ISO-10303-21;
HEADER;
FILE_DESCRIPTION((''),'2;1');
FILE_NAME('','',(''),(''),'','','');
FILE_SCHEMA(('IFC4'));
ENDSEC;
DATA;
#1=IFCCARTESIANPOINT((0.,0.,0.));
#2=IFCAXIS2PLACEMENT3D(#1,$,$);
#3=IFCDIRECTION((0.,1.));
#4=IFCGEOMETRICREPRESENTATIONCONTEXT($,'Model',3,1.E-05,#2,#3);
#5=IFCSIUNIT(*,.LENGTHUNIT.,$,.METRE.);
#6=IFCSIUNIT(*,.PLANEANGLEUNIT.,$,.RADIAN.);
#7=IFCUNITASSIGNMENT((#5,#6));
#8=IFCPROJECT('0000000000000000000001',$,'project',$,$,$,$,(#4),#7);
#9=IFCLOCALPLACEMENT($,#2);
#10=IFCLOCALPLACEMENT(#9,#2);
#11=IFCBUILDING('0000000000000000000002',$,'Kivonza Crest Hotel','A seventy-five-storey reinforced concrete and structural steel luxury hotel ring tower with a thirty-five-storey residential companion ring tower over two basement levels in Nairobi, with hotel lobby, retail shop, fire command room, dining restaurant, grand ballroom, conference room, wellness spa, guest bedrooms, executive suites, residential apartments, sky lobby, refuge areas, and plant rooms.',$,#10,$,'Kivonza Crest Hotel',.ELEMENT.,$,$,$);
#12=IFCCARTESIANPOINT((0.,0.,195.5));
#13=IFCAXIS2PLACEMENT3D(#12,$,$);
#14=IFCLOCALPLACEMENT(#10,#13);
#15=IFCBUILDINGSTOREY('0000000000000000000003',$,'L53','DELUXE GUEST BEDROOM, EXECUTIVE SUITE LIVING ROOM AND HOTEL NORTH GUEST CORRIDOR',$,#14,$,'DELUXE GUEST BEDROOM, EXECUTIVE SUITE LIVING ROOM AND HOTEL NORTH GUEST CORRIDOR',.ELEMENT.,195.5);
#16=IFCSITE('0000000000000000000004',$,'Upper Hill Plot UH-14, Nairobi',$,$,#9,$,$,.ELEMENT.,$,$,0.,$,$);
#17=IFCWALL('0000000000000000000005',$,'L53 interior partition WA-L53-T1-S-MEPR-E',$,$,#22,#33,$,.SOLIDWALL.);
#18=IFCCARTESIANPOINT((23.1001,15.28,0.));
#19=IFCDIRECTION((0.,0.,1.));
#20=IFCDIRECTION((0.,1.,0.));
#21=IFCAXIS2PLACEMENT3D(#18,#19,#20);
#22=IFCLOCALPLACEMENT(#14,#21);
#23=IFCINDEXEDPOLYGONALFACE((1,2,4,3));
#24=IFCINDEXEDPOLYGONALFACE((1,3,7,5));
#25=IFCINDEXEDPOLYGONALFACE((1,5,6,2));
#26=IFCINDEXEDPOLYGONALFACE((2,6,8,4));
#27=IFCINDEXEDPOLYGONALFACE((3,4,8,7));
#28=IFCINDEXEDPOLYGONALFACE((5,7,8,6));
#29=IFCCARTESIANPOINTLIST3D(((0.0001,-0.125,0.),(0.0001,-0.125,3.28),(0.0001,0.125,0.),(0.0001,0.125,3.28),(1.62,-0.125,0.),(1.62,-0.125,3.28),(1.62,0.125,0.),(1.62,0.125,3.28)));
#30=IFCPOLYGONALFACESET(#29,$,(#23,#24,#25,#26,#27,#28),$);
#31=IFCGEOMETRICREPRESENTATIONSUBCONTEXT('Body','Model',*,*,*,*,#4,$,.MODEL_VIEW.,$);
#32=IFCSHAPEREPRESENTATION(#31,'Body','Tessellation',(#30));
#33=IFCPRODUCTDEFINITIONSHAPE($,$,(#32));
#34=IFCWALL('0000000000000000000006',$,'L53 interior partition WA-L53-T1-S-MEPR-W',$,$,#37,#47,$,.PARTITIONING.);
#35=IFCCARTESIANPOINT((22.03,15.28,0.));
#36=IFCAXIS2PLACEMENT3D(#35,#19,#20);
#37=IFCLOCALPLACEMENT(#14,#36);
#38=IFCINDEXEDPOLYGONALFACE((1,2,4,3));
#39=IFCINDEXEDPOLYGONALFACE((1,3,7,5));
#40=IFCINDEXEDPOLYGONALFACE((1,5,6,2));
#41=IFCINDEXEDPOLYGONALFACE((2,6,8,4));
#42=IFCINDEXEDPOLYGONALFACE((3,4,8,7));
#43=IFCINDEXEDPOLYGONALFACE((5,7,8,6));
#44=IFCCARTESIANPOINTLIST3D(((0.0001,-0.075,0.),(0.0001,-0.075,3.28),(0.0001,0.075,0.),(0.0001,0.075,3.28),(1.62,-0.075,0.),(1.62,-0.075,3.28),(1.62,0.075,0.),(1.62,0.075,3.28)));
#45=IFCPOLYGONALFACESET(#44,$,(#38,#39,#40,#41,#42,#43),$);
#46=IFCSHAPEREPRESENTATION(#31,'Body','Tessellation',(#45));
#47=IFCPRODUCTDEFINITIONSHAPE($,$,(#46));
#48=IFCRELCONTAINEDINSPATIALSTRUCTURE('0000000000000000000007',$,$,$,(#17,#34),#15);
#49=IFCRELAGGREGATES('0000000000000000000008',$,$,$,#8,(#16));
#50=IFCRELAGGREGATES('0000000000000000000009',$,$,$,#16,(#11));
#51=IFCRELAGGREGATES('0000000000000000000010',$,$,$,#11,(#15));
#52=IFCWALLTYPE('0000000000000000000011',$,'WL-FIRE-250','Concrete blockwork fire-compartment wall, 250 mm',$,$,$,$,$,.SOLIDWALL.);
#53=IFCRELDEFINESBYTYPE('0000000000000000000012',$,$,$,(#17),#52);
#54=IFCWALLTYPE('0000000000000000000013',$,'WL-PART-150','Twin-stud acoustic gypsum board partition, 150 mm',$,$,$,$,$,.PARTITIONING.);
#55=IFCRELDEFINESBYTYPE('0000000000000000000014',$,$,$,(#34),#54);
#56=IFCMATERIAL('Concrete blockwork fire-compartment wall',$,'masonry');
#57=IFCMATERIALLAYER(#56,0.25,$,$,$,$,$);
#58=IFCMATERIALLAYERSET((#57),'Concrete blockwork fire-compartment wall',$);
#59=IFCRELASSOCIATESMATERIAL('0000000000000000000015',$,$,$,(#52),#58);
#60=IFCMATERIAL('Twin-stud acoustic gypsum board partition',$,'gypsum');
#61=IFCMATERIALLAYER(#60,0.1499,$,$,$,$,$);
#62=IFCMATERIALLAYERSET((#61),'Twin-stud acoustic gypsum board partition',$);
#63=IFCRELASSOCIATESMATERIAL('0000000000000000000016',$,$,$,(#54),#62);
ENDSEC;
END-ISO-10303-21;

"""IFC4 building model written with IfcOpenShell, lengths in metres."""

from ifc_helpers import new_model, si_unit, direction, frame, frame_2d, origin, place, context, subcontext, project, spatial, rectangle, extrude, material, layer, layer_set, type_object, element, save


model = new_model("IFC4")

# Units and contexts
model_context = context("Model", 3, precision=1e-05, world=origin(), true_north=direction((0.0, 1.0)))
body_context = subcontext(model_context, "Body", "Model", "MODEL_VIEW")
ifc_project = project(units=[si_unit("LENGTHUNIT", "METRE"), si_unit("PLANEANGLEUNIT", "RADIAN")], contexts=[model_context])

# Site, building, storey
site_placement = place(None, origin())
site = spatial("IfcSite", under=ifc_project, at=site_placement, Name="Upper Hill Plot UH-14, Nairobi", CompositionType="ELEMENT", RefElevation=0.0)
building_placement = place(site_placement, origin())
building = spatial("IfcBuilding", under=site, at=building_placement, Name="Kivonza Crest Hotel", Description="A seventy-five-storey reinforced concrete and structural steel luxury hotel ring tower with a thirty-five-storey residential companion ring tower over two basement levels in Nairobi, with hotel lobby, retail shop, fire command room, dining restaurant, grand ballroom, conference room, wellness spa, guest bedrooms, executive suites, residential apartments, sky lobby, refuge areas, and plant rooms.", LongName="Kivonza Crest Hotel", CompositionType="ELEMENT")
storey_placement = place(building_placement, frame((0.0, 0.0, 195.5)))
storey = spatial("IfcBuildingStorey", under=building, at=storey_placement, Name="L53", Description="DELUXE GUEST BEDROOM, EXECUTIVE SUITE LIVING ROOM AND HOTEL NORTH GUEST CORRIDOR", LongName="DELUXE GUEST BEDROOM, EXECUTIVE SUITE LIVING ROOM AND HOTEL NORTH GUEST CORRIDOR", CompositionType="ELEMENT", Elevation=195.5)

# Walls
ifc_material_1 = material(Name="Concrete blockwork fire-compartment wall", Category="masonry")
ifc_layer_1 = layer(ifc_material_1, 0.25)
ifc_layer_set_1 = layer_set([ifc_layer_1], Name="Concrete blockwork fire-compartment wall")
wall_type_1 = type_object("IfcWallType", Name="WL-FIRE-250", Description="Concrete blockwork fire-compartment wall, 250 mm", PredefinedType="SOLIDWALL", material=ifc_layer_set_1)
wall_1_placement = place(storey_placement, frame((23.1001, 15.28, 0.0), z_axis=(0.0, 0.0, 1.0), x_axis=(0.0, 1.0, 0.0)))
element("IfcWall", 1, at=wall_1_placement, inside=storey, type_object=wall_type_1, Name="L53 interior partition WA-L53-T1-S-MEPR-E", PredefinedType="SOLIDWALL", context=body_context, shape_type="SweptSolid", body=[
    extrude(rectangle(XDim=1.6199, YDim=0.25, at=frame_2d((0.8101, 0.0))), origin(), (0.0, 0.0, 1.0), 3.28),
])
ifc_material_2 = material(Name="Twin-stud acoustic gypsum board partition", Category="gypsum")
ifc_layer_2 = layer(ifc_material_2, 0.1499)
ifc_layer_set_2 = layer_set([ifc_layer_2], Name="Twin-stud acoustic gypsum board partition")
wall_type_2 = type_object("IfcWallType", Name="WL-PART-150", Description="Twin-stud acoustic gypsum board partition, 150 mm", PredefinedType="PARTITIONING", material=ifc_layer_set_2)
wall_2_placement = place(storey_placement, frame((22.03, 15.28, 0.0), z_axis=(0.0, 0.0, 1.0), x_axis=(0.0, 1.0, 0.0)))
element("IfcWall", 2, at=wall_2_placement, inside=storey, type_object=wall_type_2, Name="L53 interior partition WA-L53-T1-S-MEPR-W", PredefinedType="PARTITIONING", context=body_context, shape_type="SweptSolid", body=[
    extrude(rectangle(XDim=1.6199, YDim=0.1499, at=frame_2d((0.8101, 0.0))), origin(), (0.0, 0.0, 1.0), 3.28),
])

save(model, "model.ifc")
